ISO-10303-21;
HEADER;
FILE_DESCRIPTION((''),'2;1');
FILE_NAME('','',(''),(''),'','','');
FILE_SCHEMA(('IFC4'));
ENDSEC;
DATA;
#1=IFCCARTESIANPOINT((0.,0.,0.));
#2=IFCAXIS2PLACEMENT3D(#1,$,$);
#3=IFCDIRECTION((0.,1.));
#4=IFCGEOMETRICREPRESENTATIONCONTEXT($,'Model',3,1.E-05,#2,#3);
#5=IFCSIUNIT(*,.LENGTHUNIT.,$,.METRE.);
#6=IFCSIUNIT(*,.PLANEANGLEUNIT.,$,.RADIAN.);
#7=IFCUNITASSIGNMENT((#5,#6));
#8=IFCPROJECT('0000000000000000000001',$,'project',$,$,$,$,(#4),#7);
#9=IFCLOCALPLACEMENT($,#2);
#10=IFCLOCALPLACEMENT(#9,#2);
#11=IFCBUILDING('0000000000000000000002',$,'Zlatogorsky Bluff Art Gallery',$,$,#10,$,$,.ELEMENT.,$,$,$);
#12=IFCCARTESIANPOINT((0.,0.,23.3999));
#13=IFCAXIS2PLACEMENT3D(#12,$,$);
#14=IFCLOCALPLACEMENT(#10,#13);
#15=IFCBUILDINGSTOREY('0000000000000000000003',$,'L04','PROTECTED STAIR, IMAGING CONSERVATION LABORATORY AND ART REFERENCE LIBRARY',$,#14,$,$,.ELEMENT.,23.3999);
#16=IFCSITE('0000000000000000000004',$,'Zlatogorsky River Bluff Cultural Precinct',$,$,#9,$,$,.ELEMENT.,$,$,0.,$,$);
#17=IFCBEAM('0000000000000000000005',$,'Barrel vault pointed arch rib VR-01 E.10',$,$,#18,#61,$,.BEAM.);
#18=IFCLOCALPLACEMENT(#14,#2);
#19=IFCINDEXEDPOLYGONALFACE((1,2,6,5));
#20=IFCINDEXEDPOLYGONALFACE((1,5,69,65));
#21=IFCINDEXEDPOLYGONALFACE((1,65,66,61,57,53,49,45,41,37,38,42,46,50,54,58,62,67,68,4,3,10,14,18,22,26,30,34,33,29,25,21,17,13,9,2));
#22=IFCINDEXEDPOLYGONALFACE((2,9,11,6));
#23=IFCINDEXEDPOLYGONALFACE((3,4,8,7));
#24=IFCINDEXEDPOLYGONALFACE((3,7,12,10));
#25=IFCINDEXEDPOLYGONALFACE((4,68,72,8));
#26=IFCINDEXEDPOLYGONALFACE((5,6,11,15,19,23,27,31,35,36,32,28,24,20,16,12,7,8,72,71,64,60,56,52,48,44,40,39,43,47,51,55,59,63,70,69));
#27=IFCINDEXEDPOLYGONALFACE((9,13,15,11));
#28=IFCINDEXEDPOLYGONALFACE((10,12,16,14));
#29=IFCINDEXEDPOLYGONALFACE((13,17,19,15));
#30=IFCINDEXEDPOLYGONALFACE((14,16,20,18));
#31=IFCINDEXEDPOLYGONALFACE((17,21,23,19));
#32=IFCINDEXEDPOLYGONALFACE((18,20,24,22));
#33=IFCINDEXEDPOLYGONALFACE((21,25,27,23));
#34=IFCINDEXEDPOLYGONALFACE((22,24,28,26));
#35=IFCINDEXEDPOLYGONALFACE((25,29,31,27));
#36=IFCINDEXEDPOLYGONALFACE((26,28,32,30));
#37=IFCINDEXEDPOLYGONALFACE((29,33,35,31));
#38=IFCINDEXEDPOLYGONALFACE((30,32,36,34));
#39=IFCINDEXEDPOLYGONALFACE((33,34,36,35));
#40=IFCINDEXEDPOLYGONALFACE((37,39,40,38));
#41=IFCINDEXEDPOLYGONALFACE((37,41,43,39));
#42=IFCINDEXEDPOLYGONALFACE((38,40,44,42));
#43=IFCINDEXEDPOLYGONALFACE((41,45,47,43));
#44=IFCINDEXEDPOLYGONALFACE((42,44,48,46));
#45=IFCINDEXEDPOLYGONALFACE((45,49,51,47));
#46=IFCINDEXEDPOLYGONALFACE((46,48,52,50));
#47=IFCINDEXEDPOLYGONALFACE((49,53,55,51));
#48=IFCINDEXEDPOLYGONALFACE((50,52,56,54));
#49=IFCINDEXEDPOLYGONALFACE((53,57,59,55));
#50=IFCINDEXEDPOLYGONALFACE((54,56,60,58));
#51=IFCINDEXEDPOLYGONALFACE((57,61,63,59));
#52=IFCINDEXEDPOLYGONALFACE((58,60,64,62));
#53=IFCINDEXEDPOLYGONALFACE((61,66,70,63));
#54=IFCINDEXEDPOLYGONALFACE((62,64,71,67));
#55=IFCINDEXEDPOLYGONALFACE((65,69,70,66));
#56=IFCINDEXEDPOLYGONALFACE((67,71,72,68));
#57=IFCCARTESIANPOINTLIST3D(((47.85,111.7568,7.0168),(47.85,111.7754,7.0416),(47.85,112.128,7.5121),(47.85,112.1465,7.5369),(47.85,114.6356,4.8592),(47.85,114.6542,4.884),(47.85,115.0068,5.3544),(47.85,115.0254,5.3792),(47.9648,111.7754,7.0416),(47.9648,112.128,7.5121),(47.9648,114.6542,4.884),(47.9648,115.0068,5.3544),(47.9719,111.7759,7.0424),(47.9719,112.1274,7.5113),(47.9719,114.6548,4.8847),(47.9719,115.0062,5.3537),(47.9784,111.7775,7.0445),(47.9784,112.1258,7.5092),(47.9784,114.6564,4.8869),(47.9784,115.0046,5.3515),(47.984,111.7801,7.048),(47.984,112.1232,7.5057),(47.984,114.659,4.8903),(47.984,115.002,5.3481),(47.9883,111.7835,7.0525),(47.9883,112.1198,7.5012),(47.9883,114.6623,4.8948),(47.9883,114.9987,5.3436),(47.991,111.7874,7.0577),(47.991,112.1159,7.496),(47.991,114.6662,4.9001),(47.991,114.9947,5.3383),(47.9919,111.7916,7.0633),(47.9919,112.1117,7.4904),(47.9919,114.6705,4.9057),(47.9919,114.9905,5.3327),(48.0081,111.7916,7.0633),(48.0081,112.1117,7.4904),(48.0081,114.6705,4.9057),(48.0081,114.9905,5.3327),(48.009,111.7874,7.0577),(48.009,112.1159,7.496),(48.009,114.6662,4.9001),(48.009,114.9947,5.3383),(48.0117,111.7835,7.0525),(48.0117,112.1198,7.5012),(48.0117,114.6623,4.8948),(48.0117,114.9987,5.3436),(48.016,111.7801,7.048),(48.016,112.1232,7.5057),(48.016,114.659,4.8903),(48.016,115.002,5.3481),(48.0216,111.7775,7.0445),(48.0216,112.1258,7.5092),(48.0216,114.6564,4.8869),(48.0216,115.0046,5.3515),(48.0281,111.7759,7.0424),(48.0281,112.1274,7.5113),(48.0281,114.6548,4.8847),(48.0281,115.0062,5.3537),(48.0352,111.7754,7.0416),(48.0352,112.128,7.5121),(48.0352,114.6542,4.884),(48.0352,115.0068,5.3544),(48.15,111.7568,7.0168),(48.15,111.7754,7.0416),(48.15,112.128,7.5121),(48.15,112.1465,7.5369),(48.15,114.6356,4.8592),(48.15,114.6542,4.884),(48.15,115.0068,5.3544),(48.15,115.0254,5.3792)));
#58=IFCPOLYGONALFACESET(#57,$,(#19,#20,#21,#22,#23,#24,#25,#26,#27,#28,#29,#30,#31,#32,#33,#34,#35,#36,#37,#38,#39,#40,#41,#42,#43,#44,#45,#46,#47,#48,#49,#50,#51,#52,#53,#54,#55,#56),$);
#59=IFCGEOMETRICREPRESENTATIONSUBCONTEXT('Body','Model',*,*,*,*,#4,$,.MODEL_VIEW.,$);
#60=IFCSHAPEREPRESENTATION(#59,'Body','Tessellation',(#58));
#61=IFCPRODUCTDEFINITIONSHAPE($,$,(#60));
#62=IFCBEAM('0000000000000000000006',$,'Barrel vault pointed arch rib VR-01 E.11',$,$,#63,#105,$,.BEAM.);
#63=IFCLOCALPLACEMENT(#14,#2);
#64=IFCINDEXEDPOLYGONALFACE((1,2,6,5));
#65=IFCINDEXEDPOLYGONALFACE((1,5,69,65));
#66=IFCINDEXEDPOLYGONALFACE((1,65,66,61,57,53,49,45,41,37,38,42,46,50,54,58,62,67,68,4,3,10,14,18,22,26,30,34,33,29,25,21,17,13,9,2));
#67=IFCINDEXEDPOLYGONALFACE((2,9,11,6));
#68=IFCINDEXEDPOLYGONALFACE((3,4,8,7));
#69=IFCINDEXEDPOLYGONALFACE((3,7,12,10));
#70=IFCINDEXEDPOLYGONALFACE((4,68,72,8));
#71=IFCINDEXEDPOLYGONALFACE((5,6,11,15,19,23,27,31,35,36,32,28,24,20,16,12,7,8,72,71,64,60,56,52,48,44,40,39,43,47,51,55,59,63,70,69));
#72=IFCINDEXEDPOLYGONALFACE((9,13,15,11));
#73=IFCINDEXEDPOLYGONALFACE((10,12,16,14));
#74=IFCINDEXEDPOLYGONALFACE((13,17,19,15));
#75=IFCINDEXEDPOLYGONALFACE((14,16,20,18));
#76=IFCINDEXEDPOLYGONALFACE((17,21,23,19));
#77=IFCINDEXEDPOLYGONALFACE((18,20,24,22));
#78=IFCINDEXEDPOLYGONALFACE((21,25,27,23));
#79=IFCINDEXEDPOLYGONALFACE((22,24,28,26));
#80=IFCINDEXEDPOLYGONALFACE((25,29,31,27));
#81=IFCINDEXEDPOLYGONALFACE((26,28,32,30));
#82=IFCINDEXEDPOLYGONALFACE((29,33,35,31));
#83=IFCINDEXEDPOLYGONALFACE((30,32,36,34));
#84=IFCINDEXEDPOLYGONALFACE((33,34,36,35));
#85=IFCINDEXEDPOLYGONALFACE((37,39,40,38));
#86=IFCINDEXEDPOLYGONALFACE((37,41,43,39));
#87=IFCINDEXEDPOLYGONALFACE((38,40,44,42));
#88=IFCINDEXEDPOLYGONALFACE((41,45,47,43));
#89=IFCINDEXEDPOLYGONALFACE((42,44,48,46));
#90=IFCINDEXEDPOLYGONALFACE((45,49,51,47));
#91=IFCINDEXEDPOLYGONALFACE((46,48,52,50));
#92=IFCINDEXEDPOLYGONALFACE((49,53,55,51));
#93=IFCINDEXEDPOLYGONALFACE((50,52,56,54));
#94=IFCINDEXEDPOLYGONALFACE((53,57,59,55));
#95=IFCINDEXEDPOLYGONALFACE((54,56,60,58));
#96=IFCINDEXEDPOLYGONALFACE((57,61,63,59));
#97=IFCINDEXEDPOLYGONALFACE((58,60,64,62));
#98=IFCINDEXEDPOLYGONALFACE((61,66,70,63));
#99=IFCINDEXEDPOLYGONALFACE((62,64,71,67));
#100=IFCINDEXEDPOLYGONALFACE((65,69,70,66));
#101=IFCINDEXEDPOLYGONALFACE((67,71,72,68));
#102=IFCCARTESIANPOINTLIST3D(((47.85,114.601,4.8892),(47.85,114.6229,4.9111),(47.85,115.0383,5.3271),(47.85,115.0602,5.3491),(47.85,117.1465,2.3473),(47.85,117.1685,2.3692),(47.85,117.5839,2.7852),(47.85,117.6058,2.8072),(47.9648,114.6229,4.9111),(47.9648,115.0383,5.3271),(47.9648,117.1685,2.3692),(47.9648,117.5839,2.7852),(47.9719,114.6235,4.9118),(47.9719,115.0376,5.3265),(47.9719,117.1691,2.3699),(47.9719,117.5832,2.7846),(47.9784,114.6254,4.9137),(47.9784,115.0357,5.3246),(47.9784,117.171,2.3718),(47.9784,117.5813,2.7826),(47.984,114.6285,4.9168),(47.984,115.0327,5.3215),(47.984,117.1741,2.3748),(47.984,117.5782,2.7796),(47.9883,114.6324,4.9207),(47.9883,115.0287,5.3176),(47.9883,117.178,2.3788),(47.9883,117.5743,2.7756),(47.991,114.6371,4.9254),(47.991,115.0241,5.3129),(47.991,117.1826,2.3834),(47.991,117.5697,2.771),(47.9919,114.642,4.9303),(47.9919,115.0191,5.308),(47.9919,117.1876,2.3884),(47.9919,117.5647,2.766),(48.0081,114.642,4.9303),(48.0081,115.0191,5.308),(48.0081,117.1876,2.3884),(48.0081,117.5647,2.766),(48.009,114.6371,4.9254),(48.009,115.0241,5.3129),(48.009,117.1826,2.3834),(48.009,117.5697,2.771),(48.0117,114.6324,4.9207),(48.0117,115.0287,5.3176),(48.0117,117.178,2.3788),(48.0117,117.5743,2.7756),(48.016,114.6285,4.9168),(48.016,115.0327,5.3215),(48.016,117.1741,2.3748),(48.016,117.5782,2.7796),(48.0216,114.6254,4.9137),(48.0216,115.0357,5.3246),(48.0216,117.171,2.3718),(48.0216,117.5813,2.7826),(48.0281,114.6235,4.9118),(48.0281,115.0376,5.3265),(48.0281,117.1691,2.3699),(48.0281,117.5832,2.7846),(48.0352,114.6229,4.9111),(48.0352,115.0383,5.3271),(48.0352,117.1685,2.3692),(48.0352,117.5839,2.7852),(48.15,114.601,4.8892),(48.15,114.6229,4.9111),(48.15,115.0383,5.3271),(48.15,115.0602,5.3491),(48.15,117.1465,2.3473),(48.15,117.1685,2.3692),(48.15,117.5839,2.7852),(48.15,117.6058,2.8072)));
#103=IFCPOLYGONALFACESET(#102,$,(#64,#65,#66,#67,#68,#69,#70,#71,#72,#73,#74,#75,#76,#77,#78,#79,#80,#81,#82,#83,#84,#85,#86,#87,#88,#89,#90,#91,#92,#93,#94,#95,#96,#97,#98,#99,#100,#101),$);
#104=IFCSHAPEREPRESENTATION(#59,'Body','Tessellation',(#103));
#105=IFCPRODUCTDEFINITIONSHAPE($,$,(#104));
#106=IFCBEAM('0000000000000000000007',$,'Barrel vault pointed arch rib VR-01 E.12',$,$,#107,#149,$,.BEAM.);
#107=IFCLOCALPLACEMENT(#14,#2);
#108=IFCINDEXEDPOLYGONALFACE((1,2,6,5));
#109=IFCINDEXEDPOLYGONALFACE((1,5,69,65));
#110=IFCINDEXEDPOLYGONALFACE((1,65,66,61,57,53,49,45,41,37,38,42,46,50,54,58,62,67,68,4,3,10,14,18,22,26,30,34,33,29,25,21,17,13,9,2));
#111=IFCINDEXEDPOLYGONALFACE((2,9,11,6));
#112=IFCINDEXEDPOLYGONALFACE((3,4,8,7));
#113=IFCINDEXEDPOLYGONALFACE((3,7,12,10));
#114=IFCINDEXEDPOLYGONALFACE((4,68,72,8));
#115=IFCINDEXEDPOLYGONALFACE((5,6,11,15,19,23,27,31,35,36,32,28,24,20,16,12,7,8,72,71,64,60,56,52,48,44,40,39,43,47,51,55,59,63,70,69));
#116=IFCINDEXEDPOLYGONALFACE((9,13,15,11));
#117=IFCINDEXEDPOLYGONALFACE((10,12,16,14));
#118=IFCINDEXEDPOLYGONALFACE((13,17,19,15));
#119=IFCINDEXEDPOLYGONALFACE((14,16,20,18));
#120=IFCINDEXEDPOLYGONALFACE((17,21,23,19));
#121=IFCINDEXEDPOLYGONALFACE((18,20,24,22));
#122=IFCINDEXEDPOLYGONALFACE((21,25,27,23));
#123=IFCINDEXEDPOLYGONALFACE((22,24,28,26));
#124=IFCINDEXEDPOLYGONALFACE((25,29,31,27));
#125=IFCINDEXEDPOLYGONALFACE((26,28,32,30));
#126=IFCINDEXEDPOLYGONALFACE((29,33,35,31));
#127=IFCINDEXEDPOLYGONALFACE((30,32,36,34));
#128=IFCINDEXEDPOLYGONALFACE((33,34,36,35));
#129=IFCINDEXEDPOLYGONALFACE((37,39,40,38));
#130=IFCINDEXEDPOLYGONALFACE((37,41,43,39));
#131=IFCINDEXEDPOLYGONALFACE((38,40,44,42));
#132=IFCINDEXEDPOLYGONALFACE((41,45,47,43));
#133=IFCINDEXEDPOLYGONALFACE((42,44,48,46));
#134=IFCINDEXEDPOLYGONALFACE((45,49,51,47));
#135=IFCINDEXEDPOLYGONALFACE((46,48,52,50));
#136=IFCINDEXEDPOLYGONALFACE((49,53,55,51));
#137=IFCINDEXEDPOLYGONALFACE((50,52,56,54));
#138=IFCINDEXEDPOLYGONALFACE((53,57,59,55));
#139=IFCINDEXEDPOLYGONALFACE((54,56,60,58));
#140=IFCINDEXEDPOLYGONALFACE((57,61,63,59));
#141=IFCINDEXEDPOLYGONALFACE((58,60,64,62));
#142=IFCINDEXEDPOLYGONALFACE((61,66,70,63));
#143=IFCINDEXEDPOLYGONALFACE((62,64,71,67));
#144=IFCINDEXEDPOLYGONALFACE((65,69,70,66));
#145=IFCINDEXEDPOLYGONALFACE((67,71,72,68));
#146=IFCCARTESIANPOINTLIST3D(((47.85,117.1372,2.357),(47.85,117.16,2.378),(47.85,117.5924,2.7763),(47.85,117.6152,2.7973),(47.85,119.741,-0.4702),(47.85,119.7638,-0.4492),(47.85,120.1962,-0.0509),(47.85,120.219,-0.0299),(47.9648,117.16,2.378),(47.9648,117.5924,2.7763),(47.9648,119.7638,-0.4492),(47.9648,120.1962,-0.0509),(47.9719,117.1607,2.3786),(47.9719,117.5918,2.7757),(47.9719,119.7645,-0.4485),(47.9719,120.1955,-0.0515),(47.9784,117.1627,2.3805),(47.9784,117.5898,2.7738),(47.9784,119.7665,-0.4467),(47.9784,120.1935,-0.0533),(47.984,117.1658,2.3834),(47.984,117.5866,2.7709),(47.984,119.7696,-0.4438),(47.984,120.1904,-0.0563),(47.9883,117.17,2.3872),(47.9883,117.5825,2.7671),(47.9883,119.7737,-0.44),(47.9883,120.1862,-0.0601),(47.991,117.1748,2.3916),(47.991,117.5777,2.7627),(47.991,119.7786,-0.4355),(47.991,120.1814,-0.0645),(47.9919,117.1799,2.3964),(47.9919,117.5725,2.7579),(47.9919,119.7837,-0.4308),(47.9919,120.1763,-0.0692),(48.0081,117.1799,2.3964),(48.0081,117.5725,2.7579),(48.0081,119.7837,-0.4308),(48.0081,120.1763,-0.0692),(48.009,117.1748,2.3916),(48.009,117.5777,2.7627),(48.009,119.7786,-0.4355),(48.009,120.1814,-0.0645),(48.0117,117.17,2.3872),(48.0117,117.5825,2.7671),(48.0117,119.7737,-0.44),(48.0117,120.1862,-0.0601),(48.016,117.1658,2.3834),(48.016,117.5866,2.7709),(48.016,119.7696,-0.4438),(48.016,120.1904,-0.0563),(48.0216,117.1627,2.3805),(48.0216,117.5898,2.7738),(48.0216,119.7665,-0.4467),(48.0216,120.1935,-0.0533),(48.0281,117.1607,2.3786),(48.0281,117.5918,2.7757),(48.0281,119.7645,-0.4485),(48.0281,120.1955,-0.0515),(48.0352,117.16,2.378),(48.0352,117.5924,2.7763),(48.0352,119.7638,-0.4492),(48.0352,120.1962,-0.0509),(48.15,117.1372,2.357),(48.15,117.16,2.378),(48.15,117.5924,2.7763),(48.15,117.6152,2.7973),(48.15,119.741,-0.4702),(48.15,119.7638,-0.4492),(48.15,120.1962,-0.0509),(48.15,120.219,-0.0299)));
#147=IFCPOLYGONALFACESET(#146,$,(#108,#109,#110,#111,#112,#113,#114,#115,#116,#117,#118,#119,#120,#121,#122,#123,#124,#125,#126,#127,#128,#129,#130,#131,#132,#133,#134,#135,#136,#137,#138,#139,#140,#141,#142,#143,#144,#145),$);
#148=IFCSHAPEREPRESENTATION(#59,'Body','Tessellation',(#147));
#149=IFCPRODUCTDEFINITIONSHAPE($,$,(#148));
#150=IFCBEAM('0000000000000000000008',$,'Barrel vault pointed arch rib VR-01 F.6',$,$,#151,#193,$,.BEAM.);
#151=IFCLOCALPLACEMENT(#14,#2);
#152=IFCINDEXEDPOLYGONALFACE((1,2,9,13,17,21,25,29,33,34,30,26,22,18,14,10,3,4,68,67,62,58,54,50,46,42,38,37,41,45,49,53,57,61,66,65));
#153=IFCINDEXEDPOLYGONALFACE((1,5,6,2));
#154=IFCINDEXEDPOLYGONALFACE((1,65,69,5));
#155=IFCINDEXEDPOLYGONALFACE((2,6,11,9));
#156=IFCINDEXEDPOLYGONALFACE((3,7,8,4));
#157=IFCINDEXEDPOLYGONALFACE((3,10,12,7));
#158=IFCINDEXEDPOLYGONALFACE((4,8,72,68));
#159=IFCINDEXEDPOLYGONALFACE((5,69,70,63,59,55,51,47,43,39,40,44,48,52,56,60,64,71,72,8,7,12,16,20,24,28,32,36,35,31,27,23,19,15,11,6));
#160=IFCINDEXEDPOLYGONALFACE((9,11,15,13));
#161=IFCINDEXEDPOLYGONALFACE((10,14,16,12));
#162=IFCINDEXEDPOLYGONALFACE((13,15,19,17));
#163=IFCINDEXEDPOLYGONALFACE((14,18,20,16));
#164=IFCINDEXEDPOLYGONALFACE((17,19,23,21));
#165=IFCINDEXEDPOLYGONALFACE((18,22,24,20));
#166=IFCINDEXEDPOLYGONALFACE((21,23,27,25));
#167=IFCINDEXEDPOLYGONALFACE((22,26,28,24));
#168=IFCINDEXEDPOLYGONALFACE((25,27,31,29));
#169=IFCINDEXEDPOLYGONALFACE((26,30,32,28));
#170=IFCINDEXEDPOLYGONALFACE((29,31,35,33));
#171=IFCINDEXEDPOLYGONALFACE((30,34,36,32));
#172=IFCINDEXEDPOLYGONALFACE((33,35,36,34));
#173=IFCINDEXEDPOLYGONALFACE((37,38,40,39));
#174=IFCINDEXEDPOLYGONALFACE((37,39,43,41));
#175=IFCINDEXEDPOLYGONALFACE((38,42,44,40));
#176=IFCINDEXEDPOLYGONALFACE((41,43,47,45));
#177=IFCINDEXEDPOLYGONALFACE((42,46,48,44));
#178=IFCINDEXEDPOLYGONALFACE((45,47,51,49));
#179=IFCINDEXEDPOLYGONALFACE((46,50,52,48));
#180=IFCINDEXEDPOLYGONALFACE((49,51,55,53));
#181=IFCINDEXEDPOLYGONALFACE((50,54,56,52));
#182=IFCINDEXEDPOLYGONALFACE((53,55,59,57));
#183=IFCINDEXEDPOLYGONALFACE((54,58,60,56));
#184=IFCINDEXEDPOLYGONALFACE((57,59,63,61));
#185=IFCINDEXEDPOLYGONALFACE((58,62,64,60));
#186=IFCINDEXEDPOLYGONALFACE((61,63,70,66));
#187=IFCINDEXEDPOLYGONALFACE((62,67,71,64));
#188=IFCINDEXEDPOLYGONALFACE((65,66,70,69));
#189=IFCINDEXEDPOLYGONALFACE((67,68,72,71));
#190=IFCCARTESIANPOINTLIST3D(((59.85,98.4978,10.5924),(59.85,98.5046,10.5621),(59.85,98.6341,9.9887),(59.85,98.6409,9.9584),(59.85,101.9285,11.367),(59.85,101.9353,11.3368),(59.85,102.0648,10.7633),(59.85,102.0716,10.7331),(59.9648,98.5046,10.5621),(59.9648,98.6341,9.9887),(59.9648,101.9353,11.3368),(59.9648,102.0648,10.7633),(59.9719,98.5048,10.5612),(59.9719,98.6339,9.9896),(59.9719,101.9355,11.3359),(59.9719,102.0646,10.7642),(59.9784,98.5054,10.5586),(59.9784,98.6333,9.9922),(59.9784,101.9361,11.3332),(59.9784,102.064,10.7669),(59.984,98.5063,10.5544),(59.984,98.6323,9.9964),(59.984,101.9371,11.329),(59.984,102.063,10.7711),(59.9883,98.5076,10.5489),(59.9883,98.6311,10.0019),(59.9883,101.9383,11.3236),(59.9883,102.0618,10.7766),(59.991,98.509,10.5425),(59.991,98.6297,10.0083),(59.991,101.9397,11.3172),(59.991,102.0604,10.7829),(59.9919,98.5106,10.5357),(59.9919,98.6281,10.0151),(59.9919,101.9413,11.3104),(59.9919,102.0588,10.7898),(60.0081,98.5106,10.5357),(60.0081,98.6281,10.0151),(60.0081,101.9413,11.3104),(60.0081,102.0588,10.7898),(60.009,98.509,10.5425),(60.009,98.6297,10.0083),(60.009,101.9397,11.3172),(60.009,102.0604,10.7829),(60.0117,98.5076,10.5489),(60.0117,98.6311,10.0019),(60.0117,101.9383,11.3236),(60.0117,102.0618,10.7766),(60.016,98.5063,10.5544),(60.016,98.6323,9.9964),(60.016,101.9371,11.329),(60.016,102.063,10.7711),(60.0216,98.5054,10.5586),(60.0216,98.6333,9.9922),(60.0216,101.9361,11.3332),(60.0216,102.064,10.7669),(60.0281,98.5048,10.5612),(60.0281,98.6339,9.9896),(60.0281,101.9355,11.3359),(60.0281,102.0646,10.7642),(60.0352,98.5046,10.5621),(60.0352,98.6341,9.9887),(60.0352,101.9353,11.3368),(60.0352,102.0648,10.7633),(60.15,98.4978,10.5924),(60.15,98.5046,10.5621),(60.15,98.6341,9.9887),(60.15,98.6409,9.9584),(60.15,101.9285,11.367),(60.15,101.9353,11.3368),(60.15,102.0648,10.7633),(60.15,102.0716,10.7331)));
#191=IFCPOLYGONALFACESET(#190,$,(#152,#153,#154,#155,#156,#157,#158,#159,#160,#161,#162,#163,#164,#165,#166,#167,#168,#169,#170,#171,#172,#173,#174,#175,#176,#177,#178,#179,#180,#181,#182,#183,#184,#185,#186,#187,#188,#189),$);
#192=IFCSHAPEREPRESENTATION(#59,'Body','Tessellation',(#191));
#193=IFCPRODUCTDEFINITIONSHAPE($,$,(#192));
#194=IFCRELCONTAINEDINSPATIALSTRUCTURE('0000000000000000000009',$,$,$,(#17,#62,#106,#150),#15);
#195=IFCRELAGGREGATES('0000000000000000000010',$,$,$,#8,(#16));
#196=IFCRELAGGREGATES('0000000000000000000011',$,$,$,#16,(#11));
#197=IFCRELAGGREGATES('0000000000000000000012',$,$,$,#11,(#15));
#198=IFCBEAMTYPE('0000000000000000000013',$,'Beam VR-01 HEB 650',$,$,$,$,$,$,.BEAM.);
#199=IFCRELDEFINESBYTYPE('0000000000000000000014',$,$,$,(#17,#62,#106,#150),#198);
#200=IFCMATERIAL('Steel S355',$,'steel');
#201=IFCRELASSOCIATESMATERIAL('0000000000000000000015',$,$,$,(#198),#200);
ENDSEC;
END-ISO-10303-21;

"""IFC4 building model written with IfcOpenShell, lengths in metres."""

from ifc_helpers import new_model, si_unit, direction, frame, origin, origin_2d, place, context, subcontext, project, spatial, i_section, extrude, material, material_profile, profile_set, type_object, element, save


model = new_model("IFC4")

# Units and contexts
model_context = context("Model", 3, precision=1e-05, world=origin(), true_north=direction((0.0, 1.0)))
body_context = subcontext(model_context, "Body", "Model", "MODEL_VIEW")
ifc_project = project(units=[si_unit("LENGTHUNIT", "METRE"), si_unit("PLANEANGLEUNIT", "RADIAN")], contexts=[model_context])

# Site, building, storey
site_placement = place(None, origin())
site = spatial("IfcSite", under=ifc_project, at=site_placement, Name="Zlatogorsky River Bluff Cultural Precinct", CompositionType="ELEMENT", RefElevation=0.0)
building_placement = place(site_placement, origin())
building = spatial("IfcBuilding", under=site, at=building_placement, Name="Zlatogorsky Bluff Art Gallery", CompositionType="ELEMENT")
storey_placement = place(building_placement, frame((0.0, 0.0, 23.3999)))
storey = spatial("IfcBuildingStorey", under=building, at=storey_placement, Name="L04", Description="PROTECTED STAIR, IMAGING CONSERVATION LABORATORY AND ART REFERENCE LIBRARY", CompositionType="ELEMENT", Elevation=23.3999)

# Beams
ifc_material_1 = material(Name="Steel S355", Category="steel")
ifc_material_profile_1 = material_profile(ifc_material_1, i_section(OverallWidth=0.3, OverallDepth=0.6499, WebThickness=0.0161, FlangeThickness=0.031, FilletRadius=0.0271, at=origin_2d()), Name="HEB 650")
ifc_profile_set_1 = profile_set([ifc_material_profile_1], Name="Steel S355")
beam_type_1 = type_object("IfcBeamType", Name="Beam VR-01 HEB 650", PredefinedType="BEAM", material=ifc_profile_set_1)
beam_1_placement = place(storey_placement, frame((48.0, 111.9517, 7.2769), z_axis=(0.0, 0.800195, -0.599739), x_axis=(-1.0, 0.0, 0.0)))
element("IfcBeam", 1, at=beam_1_placement, inside=storey, type_object=beam_type_1, Name="Barrel vault pointed arch rib VR-01 E.10", PredefinedType="BEAM", context=body_context, shape_type="SweptSolid", body=[
    extrude(i_section(OverallWidth=0.3, OverallDepth=0.6499, WebThickness=0.0161, FlangeThickness=0.031, FilletRadius=0.0271, at=origin_2d()), origin(), (0.0, 0.0, 1.0), 3.5977),
])
beam_2_placement = place(storey_placement, frame((48.0, 114.8306, 5.1191), z_axis=(0.0, 0.707616, -0.706598), x_axis=(-1.0, 0.0, 0.0)))
element("IfcBeam", 2, at=beam_2_placement, inside=storey, type_object=beam_type_1, Name="Barrel vault pointed arch rib VR-01 E.11", PredefinedType="BEAM", context=body_context, shape_type="SweptSolid", body=[
    extrude(i_section(OverallWidth=0.3, OverallDepth=0.6499, WebThickness=0.0161, FlangeThickness=0.031, FilletRadius=0.0271, at=origin_2d()), origin(), (0.0, 0.0, 1.0), 3.5974),
])
beam_3_placement = place(storey_placement, frame((48.0, 117.3762, 2.5771), z_axis=(0.0, 0.677449, -0.73557), x_axis=(-1.0, 0.0, 0.0)))
element("IfcBeam", 3, at=beam_3_placement, inside=storey, type_object=beam_type_1, Name="Barrel vault pointed arch rib VR-01 E.12", PredefinedType="BEAM", context=body_context, shape_type="SweptSolid", body=[
    extrude(i_section(OverallWidth=0.3, OverallDepth=0.6499, WebThickness=0.0161, FlangeThickness=0.031, FilletRadius=0.0271, at=origin_2d()), origin(), (0.0, 0.0, 1.0), 3.8435),
])
for number, where, z_axis, x_axis, name in (
    (4, (60.0, 98.5693, 10.2754), (0.0, 0.975441, 0.220259), (-1.0, 0.0, 0.0), "Barrel vault pointed arch rib VR-01 F.6"),
):
    element("IfcBeam", number, at=place(storey_placement, frame(where, z_axis=z_axis, x_axis=x_axis)), inside=storey, type_object=beam_type_1, Name=name, PredefinedType="BEAM", context=body_context, shape_type="SweptSolid", body=[
        extrude(i_section(OverallWidth=0.3, OverallDepth=0.6499, WebThickness=0.0161, FlangeThickness=0.031, FilletRadius=0.0271, at=origin_2d()), origin(), (0.0, 0.0, 1.0), 3.5171),
    ])

save(model, "model.ifc")
